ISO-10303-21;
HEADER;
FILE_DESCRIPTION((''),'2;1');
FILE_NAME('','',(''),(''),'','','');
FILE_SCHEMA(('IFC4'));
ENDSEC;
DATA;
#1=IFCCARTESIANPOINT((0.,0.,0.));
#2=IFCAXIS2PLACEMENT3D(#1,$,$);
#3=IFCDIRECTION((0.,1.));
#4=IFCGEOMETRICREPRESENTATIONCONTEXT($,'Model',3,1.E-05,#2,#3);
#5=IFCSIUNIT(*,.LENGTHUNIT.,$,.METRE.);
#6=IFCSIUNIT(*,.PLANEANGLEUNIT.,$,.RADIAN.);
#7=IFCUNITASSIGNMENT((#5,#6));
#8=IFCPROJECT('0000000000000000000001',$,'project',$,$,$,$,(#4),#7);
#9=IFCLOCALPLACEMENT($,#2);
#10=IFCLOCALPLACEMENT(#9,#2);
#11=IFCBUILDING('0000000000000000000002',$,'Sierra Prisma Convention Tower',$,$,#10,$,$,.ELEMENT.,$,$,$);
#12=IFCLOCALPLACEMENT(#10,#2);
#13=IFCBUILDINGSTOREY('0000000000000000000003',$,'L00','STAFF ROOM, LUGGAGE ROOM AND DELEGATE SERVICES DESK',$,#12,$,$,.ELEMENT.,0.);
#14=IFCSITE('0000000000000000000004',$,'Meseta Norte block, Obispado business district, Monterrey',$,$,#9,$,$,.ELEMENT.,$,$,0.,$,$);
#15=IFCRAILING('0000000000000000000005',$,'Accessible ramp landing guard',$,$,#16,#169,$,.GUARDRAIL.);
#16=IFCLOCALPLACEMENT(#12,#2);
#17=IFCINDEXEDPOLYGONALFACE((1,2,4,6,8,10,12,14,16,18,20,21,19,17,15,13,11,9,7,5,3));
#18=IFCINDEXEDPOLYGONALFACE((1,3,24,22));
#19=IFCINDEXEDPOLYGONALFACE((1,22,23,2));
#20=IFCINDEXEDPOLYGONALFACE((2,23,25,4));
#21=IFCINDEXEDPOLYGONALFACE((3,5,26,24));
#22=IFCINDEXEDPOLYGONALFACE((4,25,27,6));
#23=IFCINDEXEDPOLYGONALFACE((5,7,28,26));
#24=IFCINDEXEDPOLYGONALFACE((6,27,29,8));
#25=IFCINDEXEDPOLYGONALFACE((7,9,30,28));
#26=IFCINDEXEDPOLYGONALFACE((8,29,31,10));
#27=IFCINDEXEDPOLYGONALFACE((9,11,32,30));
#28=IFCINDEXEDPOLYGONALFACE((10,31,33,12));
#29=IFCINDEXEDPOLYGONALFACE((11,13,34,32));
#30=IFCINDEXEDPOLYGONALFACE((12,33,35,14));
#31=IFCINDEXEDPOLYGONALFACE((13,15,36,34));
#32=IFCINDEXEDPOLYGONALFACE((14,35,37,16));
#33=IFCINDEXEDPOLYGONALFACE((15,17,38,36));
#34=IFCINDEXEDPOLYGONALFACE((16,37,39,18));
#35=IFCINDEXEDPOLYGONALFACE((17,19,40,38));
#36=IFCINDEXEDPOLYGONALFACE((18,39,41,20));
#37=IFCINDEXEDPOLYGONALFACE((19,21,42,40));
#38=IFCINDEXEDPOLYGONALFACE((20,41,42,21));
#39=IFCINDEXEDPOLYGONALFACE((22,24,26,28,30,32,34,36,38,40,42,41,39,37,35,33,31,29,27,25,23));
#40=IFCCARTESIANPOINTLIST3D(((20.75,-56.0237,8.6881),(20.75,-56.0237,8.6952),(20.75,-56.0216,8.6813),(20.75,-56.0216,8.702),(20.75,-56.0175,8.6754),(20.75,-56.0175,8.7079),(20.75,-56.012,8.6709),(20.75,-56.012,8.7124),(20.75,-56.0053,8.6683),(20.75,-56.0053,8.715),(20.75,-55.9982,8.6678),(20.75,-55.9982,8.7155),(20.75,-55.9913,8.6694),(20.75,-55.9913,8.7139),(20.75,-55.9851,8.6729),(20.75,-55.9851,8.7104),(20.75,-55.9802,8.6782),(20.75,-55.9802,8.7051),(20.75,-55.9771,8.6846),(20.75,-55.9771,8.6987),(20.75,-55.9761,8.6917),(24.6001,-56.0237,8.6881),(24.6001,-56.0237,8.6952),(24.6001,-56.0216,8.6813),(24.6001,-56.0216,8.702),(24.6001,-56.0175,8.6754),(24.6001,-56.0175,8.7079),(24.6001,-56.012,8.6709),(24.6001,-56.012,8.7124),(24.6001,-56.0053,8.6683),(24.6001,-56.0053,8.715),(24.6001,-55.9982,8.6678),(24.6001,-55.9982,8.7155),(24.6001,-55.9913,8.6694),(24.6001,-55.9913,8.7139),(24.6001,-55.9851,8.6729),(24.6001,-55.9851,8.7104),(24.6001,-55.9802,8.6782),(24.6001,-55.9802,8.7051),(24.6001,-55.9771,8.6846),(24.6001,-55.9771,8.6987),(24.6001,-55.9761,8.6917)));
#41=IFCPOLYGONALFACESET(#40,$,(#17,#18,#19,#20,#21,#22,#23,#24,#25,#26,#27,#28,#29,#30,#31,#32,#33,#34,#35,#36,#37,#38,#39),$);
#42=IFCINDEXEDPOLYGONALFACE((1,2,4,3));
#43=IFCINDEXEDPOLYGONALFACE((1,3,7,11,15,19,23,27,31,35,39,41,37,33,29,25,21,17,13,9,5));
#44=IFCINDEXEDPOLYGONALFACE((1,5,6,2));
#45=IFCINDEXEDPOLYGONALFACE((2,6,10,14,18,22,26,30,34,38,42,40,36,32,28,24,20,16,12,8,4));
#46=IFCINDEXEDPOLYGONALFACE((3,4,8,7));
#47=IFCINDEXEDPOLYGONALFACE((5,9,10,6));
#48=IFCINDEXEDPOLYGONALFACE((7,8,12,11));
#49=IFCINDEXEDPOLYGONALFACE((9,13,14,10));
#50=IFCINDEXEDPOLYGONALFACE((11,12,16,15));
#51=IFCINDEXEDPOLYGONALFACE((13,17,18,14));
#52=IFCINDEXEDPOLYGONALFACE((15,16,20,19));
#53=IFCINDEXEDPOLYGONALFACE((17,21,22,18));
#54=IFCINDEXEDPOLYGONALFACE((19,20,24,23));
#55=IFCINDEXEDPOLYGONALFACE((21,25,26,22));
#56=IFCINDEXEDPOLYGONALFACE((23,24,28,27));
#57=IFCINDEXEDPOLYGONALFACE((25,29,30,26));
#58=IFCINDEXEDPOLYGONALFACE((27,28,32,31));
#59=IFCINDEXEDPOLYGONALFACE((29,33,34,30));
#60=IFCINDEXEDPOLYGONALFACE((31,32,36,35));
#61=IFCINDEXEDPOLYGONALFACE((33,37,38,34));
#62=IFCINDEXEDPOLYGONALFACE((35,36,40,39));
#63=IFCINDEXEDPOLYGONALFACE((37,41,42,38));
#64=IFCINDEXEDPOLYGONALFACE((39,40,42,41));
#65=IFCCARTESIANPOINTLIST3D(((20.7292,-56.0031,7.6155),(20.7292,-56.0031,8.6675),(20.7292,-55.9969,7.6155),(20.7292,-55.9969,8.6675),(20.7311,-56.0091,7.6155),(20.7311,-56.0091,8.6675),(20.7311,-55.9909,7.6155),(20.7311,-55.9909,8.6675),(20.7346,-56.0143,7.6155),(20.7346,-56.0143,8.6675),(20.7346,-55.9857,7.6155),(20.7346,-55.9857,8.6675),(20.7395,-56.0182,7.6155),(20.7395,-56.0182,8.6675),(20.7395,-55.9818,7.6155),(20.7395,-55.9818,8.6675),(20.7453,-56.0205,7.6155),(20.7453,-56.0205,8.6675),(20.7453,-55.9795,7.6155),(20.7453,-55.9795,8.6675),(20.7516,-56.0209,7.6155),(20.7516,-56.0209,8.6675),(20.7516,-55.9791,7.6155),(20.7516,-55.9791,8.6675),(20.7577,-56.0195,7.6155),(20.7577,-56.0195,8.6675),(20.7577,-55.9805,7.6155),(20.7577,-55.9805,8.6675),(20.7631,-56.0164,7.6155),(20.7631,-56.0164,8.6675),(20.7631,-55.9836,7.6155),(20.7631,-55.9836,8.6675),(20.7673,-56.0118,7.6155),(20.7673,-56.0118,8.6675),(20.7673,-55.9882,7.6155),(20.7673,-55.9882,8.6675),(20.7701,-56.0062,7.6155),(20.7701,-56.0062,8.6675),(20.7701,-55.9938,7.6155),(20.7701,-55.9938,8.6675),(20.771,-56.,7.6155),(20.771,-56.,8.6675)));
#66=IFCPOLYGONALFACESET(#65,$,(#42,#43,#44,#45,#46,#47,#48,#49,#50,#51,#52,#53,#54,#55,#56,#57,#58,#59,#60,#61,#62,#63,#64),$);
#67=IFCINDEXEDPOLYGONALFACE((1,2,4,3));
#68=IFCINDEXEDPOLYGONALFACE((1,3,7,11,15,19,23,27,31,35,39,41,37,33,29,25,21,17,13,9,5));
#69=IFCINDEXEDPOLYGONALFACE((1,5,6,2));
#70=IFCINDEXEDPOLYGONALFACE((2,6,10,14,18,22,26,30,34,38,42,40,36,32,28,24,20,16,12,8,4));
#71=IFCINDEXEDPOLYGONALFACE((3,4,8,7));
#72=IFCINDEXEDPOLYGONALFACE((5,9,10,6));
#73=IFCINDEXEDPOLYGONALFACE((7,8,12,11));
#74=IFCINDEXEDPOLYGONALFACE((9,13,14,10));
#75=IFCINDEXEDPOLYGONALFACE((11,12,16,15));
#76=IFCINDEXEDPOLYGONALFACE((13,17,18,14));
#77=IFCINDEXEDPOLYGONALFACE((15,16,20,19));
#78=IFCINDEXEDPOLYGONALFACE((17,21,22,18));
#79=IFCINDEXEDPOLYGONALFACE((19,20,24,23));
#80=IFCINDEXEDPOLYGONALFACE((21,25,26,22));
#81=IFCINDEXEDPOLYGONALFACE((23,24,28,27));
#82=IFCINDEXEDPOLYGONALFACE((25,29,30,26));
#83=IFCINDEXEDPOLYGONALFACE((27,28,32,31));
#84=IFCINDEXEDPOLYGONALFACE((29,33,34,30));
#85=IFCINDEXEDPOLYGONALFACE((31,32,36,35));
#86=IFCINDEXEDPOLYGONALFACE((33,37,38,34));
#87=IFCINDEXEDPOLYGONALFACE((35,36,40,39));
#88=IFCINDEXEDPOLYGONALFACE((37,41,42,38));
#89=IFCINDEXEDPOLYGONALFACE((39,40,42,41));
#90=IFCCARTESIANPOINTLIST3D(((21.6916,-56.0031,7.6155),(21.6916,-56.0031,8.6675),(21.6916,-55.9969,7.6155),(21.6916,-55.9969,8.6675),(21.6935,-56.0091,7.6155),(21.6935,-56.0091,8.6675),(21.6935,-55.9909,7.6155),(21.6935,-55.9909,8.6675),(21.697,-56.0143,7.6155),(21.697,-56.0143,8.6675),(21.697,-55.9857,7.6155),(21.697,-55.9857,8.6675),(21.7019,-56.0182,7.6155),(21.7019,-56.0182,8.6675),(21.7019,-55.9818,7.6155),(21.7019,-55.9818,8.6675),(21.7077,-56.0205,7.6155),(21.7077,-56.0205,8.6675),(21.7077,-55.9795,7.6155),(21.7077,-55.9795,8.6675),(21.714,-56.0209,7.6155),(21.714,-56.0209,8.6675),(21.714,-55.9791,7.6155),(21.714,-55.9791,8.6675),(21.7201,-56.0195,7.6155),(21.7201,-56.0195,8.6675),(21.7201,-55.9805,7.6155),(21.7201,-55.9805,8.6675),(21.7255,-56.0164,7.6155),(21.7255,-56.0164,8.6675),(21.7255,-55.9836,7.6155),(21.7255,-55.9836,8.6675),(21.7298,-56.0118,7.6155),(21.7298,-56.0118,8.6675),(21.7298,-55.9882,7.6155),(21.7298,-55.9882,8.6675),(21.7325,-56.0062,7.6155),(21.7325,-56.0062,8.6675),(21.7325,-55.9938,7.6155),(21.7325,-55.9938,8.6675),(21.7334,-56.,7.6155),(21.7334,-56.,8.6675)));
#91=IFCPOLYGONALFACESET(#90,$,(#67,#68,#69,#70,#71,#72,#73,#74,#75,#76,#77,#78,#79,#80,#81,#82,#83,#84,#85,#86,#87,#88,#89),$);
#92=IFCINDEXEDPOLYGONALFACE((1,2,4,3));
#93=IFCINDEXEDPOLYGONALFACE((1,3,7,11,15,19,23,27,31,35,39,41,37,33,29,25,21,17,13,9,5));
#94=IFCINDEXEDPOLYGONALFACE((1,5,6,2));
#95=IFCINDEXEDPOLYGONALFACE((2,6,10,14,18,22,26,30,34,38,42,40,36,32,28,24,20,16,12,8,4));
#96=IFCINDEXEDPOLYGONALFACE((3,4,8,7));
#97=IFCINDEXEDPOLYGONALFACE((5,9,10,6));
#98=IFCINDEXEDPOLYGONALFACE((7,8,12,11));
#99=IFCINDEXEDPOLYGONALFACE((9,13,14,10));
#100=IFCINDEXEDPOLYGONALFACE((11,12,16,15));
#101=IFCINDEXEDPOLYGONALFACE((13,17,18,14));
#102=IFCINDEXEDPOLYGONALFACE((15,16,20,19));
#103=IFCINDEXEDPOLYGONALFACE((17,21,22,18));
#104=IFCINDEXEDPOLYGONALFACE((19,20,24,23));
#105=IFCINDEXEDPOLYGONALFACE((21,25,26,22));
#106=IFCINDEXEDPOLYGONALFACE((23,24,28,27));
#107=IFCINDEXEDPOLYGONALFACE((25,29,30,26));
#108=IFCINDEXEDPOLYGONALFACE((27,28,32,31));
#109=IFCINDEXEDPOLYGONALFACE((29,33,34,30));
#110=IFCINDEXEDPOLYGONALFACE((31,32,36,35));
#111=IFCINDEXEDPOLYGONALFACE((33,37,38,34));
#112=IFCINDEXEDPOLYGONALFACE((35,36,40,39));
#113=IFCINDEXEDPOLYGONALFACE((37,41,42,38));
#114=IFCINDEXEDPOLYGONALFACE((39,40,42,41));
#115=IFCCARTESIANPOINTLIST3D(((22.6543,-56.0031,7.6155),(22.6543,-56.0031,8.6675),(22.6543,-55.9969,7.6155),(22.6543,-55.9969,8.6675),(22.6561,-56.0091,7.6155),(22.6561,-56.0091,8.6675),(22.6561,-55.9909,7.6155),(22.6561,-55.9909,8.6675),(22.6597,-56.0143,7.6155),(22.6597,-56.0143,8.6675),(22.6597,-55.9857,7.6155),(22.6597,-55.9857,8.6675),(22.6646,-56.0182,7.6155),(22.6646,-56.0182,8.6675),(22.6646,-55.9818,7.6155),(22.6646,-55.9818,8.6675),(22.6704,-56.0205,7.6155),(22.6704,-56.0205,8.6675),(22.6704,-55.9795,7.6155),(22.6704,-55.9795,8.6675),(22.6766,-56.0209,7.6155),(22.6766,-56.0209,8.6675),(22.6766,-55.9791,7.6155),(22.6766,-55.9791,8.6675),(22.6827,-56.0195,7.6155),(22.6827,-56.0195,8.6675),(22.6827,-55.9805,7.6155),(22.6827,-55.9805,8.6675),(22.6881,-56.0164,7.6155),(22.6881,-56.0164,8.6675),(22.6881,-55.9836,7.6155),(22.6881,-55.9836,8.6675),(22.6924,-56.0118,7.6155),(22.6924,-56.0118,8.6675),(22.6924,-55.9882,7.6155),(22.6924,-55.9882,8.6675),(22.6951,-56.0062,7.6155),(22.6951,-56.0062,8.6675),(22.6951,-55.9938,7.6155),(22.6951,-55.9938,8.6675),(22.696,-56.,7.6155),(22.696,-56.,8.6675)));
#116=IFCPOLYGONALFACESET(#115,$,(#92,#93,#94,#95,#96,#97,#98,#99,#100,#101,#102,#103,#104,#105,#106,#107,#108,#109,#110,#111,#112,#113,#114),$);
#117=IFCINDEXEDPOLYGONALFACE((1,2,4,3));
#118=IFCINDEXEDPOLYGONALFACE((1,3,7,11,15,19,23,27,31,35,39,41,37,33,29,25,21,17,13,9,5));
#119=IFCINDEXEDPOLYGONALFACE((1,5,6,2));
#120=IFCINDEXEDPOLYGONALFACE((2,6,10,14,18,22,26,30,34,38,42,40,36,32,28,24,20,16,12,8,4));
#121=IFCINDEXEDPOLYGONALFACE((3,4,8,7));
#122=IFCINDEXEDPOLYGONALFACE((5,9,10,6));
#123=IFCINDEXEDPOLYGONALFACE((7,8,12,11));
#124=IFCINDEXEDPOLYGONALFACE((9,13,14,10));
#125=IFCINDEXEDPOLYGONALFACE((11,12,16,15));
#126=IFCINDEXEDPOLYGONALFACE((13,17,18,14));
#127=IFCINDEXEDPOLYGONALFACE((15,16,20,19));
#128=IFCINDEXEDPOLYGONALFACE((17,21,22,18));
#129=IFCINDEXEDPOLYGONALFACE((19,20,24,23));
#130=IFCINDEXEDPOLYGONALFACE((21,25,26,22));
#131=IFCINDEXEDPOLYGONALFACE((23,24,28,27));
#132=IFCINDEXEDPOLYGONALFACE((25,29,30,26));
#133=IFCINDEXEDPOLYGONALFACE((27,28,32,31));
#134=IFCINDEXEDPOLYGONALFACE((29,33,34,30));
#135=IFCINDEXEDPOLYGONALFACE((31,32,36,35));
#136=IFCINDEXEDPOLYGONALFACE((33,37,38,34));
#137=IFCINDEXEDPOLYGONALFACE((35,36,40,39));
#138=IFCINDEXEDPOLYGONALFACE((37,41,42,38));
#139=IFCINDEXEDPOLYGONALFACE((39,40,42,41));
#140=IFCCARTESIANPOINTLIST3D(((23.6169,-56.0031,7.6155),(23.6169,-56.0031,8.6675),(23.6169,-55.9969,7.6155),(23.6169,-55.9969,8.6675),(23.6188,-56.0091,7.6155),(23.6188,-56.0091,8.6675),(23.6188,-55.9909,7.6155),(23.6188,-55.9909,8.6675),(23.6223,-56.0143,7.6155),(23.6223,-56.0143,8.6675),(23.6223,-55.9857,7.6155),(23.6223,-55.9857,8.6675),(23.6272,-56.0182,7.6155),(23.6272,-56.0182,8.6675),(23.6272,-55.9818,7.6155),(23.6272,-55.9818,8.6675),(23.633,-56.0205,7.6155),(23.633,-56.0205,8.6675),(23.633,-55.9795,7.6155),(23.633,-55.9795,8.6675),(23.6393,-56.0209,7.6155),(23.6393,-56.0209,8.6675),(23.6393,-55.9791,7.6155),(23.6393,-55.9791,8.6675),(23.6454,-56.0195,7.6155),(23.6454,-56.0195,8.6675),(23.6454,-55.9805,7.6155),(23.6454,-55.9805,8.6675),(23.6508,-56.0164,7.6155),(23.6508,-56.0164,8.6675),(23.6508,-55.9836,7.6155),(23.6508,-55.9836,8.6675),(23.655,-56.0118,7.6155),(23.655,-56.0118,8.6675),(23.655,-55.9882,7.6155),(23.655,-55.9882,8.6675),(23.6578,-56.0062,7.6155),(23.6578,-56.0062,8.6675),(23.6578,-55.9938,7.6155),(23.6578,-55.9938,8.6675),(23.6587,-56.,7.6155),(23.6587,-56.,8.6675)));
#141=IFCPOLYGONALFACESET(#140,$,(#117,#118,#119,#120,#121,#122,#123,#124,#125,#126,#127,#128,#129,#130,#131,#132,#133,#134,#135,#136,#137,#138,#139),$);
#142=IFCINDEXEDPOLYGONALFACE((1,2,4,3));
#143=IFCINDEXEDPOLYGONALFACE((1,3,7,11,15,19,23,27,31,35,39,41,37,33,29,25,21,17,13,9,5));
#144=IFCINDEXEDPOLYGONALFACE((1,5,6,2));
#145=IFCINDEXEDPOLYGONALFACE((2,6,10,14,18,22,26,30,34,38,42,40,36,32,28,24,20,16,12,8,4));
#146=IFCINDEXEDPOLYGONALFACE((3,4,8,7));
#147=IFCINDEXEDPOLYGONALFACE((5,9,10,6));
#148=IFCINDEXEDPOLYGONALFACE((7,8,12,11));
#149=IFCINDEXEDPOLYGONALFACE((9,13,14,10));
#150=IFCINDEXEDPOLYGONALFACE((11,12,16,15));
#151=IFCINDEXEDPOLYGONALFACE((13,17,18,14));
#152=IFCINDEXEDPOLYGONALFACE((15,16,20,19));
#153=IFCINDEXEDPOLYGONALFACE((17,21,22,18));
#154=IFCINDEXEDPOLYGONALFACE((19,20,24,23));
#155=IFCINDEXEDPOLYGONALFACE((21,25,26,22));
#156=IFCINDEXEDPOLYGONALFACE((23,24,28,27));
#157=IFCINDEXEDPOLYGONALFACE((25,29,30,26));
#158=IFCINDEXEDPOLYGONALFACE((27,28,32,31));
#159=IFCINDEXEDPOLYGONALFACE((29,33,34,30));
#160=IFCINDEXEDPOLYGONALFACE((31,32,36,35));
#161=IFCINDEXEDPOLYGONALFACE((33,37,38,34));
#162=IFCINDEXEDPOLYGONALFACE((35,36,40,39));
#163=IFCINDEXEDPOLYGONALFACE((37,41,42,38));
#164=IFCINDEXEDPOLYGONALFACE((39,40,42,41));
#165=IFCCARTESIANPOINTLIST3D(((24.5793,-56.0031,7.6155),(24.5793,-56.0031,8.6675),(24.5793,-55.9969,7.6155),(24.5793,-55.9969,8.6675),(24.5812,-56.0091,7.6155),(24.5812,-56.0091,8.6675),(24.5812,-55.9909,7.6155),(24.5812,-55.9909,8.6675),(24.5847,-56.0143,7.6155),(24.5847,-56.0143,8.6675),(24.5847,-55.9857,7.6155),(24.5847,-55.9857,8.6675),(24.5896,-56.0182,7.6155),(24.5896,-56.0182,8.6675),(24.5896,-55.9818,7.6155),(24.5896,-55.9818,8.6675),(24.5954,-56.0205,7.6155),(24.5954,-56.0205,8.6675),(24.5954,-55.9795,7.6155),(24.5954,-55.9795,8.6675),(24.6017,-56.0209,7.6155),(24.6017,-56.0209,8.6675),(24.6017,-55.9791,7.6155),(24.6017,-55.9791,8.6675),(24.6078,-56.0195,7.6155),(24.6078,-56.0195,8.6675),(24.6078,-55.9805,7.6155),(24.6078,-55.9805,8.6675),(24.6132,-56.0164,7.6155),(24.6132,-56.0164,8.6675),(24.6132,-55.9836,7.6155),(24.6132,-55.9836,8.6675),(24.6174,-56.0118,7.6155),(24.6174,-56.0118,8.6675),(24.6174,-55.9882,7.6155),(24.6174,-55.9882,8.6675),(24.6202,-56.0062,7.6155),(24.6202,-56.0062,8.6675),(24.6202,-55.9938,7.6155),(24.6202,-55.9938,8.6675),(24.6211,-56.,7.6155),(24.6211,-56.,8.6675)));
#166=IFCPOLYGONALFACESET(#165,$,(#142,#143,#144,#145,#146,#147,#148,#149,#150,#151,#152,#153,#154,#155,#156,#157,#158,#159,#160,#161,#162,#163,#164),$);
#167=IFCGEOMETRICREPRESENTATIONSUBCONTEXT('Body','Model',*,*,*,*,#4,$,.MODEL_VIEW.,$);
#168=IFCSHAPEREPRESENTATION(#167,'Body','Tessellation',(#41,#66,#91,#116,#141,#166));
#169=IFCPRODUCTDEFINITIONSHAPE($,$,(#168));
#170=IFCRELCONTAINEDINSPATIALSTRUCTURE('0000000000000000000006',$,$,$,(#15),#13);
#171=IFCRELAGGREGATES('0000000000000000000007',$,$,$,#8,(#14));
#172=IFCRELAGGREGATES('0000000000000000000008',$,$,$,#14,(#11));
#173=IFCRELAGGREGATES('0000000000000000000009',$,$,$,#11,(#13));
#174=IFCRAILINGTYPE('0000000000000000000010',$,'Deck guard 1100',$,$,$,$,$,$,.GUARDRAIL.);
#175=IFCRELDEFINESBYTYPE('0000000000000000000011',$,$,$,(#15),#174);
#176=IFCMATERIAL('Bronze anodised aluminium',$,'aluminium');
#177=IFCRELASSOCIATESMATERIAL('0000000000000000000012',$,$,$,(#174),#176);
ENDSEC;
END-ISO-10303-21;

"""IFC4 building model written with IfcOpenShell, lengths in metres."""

from ifc_helpers import new_model, si_unit, direction, frame, origin, origin_2d, place, context, subcontext, project, spatial, circle, extrude, material, type_object, element, save


model = new_model("IFC4")

# Units and contexts
model_context = context("Model", 3, precision=1e-05, world=origin(), true_north=direction((0.0, 1.0)))
body_context = subcontext(model_context, "Body", "Model", "MODEL_VIEW")
ifc_project = project(units=[si_unit("LENGTHUNIT", "METRE"), si_unit("PLANEANGLEUNIT", "RADIAN")], contexts=[model_context])

# Site, building, storey
site_placement = place(None, origin())
site = spatial("IfcSite", under=ifc_project, at=site_placement, Name="Meseta Norte block, Obispado business district, Monterrey", CompositionType="ELEMENT", RefElevation=0.0)
building_placement = place(site_placement, origin())
building = spatial("IfcBuilding", under=site, at=building_placement, Name="Sierra Prisma Convention Tower", CompositionType="ELEMENT")
storey_placement = place(building_placement, origin())
storey = spatial("IfcBuildingStorey", under=building, at=storey_placement, Name="L00", Description="STAFF ROOM, LUGGAGE ROOM AND DELEGATE SERVICES DESK", CompositionType="ELEMENT", Elevation=0.0)

# Railing
ifc_material_1 = material(Name="Bronze anodised aluminium", Category="aluminium")
railing_type = type_object("IfcRailingType", Name="Deck guard 1100", PredefinedType="GUARDRAIL", material=ifc_material_1)
railing_1_placement = place(storey_placement, frame((20.75, -56.0, 7.6155)))
element("IfcRailing", 1, at=railing_1_placement, inside=storey, type_object=railing_type, Name="Accessible ramp landing guard", PredefinedType="GUARDRAIL", context=body_context, shape_type="SweptSolid", body=[
    extrude(circle(Radius=0.0239, at=origin_2d()), frame((0.0, 0.0, 1.0762), z_axis=(1.0, 0.0, 0.0), x_axis=(0.0, 1.0, 0.0)), (0.0, 0.0, 1.0), 3.8501),
    extrude(circle(Radius=0.021, at=origin_2d()), origin(), (0.0, 0.0, 1.0), 1.052),
    extrude(circle(Radius=0.021, at=origin_2d()), frame((0.9624, 0.0, 0.0)), (0.0, 0.0, 1.0), 1.052),
    extrude(circle(Radius=0.021, at=origin_2d()), frame((1.925, 0.0, 0.0)), (0.0, 0.0, 1.0), 1.052),
    extrude(circle(Radius=0.021, at=origin_2d()), frame((2.8877, 0.0, 0.0)), (0.0, 0.0, 1.0), 1.052),
    extrude(circle(Radius=0.021, at=origin_2d()), frame((3.8501, 0.0, 0.0)), (0.0, 0.0, 1.0), 1.052),
])

save(model, "model.ifc")
